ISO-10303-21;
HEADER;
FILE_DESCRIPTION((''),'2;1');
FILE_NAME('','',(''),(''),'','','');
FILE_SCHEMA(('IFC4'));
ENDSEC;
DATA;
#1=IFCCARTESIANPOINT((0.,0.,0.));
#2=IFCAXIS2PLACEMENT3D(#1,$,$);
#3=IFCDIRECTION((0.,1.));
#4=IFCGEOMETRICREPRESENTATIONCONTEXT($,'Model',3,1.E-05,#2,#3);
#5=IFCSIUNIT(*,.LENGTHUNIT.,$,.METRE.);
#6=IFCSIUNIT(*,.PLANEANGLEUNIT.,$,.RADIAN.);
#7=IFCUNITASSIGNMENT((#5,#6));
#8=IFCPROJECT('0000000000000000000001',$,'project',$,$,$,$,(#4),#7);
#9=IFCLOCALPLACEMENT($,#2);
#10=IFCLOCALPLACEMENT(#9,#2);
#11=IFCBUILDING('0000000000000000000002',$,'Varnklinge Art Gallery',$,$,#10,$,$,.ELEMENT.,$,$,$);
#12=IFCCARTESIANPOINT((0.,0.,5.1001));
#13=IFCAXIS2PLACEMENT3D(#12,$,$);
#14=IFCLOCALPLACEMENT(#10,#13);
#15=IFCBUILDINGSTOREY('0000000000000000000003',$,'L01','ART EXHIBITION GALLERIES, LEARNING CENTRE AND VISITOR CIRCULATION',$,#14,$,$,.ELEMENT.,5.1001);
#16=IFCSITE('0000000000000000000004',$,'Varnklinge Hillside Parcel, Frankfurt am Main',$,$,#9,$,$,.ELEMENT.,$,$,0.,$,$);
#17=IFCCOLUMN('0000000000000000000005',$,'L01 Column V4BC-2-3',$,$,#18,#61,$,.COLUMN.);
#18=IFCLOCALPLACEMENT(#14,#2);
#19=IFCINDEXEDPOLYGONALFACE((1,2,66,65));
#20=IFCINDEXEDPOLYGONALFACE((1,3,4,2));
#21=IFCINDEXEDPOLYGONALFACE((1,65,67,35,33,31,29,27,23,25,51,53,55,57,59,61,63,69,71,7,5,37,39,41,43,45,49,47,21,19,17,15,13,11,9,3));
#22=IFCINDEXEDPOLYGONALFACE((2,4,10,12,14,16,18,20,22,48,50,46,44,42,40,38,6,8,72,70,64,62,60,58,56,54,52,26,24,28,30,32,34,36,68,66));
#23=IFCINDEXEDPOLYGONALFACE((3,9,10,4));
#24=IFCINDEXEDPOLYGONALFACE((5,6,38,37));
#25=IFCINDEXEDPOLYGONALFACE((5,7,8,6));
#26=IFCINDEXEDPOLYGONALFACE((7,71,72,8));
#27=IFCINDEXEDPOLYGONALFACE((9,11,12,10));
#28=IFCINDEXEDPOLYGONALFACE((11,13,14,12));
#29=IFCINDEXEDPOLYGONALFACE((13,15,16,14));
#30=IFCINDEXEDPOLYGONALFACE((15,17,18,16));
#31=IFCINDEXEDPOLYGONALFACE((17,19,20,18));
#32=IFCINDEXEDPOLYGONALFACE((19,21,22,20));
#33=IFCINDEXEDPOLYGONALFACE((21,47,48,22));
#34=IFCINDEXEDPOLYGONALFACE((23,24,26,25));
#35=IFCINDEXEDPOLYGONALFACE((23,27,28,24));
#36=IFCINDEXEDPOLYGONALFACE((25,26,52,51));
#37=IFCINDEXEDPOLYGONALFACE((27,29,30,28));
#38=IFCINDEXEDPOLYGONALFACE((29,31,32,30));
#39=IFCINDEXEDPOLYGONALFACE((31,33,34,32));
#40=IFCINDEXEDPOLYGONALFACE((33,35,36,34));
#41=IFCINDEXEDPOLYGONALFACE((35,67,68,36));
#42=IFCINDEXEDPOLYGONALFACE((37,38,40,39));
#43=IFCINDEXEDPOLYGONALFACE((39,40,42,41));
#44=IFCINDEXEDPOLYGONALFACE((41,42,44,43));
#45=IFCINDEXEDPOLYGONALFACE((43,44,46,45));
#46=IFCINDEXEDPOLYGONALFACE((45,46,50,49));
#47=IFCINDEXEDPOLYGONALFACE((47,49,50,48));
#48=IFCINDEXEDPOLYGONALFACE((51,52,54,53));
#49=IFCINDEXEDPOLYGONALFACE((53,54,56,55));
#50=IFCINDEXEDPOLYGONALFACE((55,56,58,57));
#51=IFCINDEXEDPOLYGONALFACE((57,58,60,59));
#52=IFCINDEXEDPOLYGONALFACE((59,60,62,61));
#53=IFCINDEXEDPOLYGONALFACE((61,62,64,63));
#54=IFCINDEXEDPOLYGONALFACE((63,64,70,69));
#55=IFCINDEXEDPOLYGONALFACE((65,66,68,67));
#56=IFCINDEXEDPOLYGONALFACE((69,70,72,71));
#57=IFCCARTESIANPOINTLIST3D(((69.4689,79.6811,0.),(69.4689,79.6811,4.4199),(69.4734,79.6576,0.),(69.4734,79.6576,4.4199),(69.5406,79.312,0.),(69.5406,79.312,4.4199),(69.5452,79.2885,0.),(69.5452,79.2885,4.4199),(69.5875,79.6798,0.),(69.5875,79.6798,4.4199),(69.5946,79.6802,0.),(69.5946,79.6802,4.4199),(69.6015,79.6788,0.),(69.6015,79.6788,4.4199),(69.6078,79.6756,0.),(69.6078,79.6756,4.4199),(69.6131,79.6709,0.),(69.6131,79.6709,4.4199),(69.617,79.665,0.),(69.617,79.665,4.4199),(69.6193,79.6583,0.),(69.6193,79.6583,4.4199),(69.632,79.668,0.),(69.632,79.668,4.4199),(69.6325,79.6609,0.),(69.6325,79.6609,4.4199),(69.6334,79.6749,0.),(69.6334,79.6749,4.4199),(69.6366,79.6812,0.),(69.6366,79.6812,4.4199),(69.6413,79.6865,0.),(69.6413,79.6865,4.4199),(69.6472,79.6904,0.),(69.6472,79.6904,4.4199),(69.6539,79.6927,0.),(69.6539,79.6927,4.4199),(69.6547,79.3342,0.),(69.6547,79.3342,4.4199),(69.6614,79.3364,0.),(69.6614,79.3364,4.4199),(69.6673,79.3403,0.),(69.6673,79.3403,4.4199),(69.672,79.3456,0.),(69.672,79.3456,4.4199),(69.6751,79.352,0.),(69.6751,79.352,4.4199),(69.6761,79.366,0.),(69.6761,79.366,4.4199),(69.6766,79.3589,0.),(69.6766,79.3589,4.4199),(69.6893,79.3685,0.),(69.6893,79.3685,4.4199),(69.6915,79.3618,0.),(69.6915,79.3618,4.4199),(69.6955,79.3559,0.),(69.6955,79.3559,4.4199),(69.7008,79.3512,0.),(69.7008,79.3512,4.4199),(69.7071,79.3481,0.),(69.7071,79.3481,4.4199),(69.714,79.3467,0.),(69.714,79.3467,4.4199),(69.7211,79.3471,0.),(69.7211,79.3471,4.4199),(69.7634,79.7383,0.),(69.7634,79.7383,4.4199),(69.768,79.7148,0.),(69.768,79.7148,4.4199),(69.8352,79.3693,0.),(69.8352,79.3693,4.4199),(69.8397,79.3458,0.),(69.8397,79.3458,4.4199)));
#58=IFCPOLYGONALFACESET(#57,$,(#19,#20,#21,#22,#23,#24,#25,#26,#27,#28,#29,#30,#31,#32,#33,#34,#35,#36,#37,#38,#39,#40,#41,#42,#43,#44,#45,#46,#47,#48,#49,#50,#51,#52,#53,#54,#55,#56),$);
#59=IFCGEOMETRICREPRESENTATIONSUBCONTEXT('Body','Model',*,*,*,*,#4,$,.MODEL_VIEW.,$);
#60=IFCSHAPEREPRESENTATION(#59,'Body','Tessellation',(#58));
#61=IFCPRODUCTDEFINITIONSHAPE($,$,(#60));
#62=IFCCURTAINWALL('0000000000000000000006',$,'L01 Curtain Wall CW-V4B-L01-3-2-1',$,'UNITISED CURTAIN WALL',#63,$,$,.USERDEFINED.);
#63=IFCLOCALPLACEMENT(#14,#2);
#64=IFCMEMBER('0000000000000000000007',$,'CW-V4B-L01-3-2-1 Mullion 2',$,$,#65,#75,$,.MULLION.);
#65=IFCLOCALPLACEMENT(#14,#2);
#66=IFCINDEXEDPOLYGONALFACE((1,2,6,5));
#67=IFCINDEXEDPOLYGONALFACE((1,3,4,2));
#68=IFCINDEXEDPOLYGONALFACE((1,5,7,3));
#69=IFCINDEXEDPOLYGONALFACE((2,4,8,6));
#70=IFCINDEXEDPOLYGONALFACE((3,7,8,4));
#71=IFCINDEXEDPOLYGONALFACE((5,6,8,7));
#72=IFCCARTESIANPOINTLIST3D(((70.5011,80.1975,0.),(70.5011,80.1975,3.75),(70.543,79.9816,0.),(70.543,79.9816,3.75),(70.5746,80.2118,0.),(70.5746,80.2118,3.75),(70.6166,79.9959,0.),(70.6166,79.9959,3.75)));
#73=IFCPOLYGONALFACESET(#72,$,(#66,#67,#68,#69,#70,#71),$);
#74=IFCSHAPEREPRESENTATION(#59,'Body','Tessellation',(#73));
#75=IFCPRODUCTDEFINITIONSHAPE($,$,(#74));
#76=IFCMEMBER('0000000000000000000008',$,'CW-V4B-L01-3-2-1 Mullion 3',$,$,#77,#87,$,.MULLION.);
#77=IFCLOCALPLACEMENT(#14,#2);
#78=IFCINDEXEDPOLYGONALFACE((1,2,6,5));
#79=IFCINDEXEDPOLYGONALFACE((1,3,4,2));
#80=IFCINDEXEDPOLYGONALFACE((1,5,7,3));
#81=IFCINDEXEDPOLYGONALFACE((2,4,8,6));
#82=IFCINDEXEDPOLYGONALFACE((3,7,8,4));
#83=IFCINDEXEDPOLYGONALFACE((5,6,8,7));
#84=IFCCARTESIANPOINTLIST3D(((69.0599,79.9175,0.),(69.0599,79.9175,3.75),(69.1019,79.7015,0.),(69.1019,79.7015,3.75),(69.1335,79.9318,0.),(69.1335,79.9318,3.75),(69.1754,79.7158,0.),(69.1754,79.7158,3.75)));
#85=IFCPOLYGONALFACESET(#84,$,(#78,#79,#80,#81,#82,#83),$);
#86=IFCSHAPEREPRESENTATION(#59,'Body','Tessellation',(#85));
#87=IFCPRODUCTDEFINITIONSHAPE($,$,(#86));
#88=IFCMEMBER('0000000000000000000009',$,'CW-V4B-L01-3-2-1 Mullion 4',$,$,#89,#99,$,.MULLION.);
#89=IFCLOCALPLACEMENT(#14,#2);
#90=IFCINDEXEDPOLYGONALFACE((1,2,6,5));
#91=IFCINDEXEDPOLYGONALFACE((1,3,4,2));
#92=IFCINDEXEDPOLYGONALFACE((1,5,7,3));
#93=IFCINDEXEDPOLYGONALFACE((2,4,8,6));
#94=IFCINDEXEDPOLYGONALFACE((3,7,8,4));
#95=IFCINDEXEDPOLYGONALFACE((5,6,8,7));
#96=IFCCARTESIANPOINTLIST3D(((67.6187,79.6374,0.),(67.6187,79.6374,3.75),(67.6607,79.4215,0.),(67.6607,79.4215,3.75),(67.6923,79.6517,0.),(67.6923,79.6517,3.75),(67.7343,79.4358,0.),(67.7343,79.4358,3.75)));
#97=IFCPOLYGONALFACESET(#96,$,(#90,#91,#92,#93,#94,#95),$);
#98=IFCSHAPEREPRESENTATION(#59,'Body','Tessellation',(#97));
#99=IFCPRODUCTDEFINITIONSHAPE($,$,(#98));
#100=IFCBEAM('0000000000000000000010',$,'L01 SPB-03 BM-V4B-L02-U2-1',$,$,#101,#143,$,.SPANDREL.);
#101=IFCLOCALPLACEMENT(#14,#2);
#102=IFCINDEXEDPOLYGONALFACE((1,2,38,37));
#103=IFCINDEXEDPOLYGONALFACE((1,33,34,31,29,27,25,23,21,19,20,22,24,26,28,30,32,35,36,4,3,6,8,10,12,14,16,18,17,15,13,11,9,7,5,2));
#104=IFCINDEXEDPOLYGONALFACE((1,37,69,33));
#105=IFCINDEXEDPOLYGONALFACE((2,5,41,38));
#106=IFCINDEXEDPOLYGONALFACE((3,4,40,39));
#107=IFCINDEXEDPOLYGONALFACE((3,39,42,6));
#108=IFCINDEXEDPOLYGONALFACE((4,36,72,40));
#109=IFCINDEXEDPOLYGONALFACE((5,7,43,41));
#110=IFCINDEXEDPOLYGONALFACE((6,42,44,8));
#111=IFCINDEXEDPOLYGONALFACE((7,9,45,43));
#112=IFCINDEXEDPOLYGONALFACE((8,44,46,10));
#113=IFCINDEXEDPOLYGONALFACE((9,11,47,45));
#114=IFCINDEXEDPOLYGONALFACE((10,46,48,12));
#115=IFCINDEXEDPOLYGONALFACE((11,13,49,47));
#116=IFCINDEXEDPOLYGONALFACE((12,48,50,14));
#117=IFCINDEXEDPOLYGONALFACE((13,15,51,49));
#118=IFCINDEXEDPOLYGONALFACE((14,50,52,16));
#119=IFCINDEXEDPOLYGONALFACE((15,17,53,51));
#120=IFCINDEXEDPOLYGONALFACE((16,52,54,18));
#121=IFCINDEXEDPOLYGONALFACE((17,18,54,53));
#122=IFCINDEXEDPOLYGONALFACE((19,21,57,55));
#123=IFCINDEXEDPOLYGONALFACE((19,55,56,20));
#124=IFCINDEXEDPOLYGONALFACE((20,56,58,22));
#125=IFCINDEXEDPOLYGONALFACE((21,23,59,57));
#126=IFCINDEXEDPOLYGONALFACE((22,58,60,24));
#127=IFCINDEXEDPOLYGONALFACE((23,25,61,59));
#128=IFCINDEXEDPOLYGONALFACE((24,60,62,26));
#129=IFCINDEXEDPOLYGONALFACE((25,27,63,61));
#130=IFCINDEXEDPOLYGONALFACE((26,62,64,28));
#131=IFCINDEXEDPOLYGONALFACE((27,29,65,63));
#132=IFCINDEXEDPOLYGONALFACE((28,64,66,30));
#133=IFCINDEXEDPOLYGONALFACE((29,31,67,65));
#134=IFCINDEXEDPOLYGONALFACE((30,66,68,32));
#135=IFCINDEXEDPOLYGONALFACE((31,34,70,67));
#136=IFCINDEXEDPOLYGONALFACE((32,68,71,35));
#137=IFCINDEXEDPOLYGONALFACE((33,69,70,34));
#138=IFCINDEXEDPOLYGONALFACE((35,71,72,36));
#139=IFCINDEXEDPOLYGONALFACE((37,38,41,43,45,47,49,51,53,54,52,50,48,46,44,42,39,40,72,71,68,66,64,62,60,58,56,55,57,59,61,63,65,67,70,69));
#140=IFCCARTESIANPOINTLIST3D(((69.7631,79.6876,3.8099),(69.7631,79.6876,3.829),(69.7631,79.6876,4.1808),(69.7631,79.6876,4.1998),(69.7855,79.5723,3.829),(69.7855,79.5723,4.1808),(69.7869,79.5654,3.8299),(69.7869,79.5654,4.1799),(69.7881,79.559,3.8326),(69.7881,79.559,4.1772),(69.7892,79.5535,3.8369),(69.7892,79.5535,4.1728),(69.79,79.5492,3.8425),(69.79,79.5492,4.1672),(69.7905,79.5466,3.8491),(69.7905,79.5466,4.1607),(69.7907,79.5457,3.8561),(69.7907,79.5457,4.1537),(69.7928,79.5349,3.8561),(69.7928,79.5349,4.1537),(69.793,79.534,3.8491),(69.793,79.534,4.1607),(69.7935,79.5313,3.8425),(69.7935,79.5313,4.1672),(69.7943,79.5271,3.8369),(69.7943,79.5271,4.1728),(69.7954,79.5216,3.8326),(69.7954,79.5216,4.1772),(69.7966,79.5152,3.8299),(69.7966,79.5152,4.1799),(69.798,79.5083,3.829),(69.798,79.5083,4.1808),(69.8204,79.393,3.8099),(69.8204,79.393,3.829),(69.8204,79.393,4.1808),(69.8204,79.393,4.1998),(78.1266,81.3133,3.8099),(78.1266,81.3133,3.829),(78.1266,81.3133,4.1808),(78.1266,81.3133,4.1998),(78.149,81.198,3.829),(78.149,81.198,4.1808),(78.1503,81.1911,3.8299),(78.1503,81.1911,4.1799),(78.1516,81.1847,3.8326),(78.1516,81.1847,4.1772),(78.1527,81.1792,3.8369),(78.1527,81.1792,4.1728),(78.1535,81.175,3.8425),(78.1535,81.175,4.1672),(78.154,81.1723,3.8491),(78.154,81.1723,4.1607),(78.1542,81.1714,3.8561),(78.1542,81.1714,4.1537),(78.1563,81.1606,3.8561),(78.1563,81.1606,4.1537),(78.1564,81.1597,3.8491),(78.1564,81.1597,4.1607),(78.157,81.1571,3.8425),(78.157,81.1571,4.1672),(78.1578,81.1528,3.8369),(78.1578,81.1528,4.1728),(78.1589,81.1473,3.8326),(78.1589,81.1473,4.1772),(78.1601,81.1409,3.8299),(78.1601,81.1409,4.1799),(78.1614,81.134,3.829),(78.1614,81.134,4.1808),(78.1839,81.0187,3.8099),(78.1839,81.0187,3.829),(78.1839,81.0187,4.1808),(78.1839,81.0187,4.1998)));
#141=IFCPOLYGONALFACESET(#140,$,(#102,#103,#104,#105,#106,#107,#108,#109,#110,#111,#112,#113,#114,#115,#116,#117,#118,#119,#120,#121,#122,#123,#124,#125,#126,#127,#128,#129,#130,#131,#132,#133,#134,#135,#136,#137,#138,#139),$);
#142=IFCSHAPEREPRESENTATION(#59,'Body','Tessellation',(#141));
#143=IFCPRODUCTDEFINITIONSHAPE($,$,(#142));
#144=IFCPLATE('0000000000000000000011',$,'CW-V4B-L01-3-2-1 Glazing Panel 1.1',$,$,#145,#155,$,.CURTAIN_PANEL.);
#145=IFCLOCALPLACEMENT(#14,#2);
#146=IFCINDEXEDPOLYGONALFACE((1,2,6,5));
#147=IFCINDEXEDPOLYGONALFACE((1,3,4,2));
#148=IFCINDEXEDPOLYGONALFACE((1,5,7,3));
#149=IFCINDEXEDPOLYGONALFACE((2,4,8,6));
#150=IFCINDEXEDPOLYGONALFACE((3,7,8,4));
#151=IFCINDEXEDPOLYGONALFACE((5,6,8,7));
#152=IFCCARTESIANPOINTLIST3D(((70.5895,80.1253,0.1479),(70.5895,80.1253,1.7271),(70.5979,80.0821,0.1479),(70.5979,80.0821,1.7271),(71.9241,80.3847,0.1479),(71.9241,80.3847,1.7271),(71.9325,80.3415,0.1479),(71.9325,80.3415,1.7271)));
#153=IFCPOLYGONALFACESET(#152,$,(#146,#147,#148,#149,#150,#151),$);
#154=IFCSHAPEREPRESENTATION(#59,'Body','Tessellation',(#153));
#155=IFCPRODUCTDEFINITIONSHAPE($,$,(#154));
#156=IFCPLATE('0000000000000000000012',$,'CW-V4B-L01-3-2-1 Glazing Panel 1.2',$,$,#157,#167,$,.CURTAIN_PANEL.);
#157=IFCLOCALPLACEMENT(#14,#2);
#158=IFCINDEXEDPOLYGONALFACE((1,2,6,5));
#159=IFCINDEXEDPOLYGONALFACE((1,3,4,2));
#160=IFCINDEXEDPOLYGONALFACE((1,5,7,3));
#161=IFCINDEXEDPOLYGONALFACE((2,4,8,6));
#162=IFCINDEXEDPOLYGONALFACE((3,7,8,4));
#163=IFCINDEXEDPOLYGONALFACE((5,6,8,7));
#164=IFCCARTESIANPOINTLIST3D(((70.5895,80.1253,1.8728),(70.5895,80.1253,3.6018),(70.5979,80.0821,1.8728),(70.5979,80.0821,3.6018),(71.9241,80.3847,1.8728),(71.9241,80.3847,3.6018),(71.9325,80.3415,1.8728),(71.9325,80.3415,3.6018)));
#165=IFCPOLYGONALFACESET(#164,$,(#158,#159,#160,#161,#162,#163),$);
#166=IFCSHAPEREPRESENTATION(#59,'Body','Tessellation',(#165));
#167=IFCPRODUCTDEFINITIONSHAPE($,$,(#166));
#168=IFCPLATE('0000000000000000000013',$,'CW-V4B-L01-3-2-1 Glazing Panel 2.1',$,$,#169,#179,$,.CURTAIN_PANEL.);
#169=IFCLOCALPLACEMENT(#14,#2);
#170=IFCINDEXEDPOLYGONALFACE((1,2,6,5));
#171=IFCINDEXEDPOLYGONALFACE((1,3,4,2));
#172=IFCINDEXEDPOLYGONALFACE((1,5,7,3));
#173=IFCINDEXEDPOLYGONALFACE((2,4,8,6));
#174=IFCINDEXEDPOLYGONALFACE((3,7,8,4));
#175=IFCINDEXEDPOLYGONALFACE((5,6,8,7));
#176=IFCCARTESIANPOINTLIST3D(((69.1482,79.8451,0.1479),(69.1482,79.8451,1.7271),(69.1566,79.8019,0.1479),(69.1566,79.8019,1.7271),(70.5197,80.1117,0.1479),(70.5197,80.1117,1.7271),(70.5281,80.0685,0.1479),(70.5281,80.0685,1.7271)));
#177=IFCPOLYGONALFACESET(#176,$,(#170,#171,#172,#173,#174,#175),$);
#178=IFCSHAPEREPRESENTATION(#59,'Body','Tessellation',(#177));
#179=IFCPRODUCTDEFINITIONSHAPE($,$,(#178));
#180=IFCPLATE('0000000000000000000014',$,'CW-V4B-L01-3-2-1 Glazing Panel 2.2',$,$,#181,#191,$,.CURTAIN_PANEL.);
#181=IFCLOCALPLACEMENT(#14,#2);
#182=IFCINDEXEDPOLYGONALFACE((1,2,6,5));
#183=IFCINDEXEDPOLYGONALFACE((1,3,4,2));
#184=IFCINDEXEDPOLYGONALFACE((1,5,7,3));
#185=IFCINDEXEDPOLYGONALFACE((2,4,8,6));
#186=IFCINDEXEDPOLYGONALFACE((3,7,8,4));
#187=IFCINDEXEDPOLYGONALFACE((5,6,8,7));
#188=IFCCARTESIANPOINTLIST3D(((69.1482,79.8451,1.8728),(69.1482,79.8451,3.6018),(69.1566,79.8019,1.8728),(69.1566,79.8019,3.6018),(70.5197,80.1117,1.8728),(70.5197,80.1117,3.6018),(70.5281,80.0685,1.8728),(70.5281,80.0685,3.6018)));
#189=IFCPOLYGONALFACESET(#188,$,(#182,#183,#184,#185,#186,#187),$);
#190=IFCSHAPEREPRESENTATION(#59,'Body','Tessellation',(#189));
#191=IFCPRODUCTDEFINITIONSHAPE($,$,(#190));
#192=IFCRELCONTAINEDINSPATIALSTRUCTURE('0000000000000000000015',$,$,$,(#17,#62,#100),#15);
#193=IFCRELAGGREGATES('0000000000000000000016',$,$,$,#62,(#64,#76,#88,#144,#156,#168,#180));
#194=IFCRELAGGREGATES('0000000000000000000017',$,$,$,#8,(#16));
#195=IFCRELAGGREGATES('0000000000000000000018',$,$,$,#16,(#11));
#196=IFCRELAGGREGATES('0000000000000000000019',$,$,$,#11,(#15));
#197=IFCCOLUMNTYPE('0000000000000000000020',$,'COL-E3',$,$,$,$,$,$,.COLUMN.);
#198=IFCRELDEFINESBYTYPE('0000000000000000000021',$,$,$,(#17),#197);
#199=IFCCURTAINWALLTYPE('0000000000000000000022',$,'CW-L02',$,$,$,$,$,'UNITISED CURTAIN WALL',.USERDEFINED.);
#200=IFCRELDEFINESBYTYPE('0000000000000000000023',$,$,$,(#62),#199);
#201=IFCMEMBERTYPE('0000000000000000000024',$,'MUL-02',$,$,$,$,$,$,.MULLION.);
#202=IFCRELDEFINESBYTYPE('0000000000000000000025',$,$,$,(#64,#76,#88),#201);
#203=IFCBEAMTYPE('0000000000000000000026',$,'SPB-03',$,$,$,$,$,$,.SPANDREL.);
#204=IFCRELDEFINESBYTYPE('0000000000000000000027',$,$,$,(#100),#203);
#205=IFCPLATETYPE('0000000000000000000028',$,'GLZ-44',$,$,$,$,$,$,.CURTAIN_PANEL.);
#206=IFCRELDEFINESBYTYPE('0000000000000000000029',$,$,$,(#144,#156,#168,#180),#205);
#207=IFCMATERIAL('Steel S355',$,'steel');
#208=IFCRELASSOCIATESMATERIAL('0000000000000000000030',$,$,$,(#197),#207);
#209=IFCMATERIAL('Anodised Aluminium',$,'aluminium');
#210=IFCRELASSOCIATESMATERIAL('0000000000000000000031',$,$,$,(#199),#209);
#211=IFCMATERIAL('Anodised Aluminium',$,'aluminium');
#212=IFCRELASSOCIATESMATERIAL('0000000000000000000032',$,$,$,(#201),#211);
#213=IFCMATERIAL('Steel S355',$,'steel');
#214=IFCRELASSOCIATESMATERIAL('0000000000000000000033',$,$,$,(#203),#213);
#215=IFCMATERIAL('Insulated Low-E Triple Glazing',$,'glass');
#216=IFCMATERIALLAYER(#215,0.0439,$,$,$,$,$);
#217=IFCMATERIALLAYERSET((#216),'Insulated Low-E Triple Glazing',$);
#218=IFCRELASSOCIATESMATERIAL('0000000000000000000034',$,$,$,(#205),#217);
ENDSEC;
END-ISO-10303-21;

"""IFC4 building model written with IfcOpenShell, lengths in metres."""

from ifc_helpers import new_model, si_unit, direction, frame, origin, origin_2d, place, context, subcontext, project, spatial, rectangle, i_section, extrude, material, layer, layer_set, material_profile, profile_set, type_object, element, aggregate, save


model = new_model("IFC4")

# Units and contexts
model_context = context("Model", 3, precision=1e-05, world=origin(), true_north=direction((0.0, 1.0)))
body_context = subcontext(model_context, "Body", "Model", "MODEL_VIEW")
ifc_project = project(units=[si_unit("LENGTHUNIT", "METRE"), si_unit("PLANEANGLEUNIT", "RADIAN")], contexts=[model_context])

# Site, building, storey
site_placement = place(None, origin())
site = spatial("IfcSite", under=ifc_project, at=site_placement, Name="Varnklinge Hillside Parcel, Frankfurt am Main", CompositionType="ELEMENT", RefElevation=0.0)
building_placement = place(site_placement, origin())
building = spatial("IfcBuilding", under=site, at=building_placement, Name="Varnklinge Art Gallery", CompositionType="ELEMENT")
storey_placement = place(building_placement, frame((0.0, 0.0, 5.1001)))
storey = spatial("IfcBuildingStorey", under=building, at=storey_placement, Name="L01", Description="ART EXHIBITION GALLERIES, LEARNING CENTRE AND VISITOR CIRCULATION", CompositionType="ELEMENT", Elevation=5.1001)

# Column
ifc_material_1 = material(Name="Steel S355", Category="steel")
ifc_material_profile_1 = material_profile(ifc_material_1, i_section(OverallWidth=0.3, OverallDepth=0.3999, WebThickness=0.0134, FlangeThickness=0.0239, FilletRadius=0.0271, at=origin_2d()), Name="HEB 400")
ifc_profile_set_1 = profile_set([ifc_material_profile_1], Name="Steel S355")
column_type = type_object("IfcColumnType", Name="COL-E3", PredefinedType="COLUMN", material=ifc_profile_set_1)
column_placement = place(storey_placement, frame((69.6543, 79.5134, 0.0), z_axis=(0.0, 0.0, 1.0), x_axis=(0.981627, 0.190809, 0.0)))
element("IfcColumn", 1, at=column_placement, inside=storey, type_object=column_type, Name="L01 Column V4BC-2-3", PredefinedType="COLUMN", context=body_context, shape_type="SweptSolid", body=[
    extrude(i_section(OverallWidth=0.3, OverallDepth=0.3999, WebThickness=0.0134, FlangeThickness=0.0239, FilletRadius=0.0271, at=origin_2d()), origin(), (0.0, 0.0, 1.0), 4.4199),
])

# Curtain wall, members
ifc_material_2 = material(Name="Anodised Aluminium", Category="aluminium")
curtain_wall_type = type_object("IfcCurtainWallType", Name="CW-L02", ElementType="UNITISED CURTAIN WALL", PredefinedType="USERDEFINED", material=ifc_material_2)
curtain_wall_placement = place(storey_placement, origin())
curtain_wall = element("IfcCurtainWall", 2, at=curtain_wall_placement, inside=storey, type_object=curtain_wall_type, Name="L01 Curtain Wall CW-V4B-L01-3-2-1", ObjectType="UNITISED CURTAIN WALL", PredefinedType="USERDEFINED")
ifc_material_3 = material(Name="Anodised Aluminium", Category="aluminium")
ifc_material_profile_2 = material_profile(ifc_material_3, rectangle(XDim=0.075, YDim=0.22, at=origin_2d()), Name="ALU 75x220")
ifc_profile_set_2 = profile_set([ifc_material_profile_2], Name="Anodised Aluminium")
member_type = type_object("IfcMemberType", Name="MUL-02", PredefinedType="MULLION", material=ifc_profile_set_2)
member_1_placement = place(storey_placement, frame((70.5588, 80.0967, 0.0), z_axis=(0.0, 0.0, 1.0), x_axis=(-0.981627, -0.190809, 0.0)))
member_1 = element("IfcMember", 3, at=member_1_placement, type_object=member_type, Name="CW-V4B-L01-3-2-1 Mullion 2", PredefinedType="MULLION", context=body_context, shape_type="SweptSolid", body=[
    extrude(rectangle(XDim=0.075, YDim=0.22, at=origin_2d()), origin(), (0.0, 0.0, 1.0), 3.75),
])
member_2_placement = place(storey_placement, frame((69.1177, 79.8167, 0.0), z_axis=(0.0, 0.0, 1.0), x_axis=(-0.981627, -0.190809, 0.0)))
member_2 = element("IfcMember", 4, at=member_2_placement, type_object=member_type, Name="CW-V4B-L01-3-2-1 Mullion 3", PredefinedType="MULLION", context=body_context, shape_type="SweptSolid", body=[
    extrude(rectangle(XDim=0.075, YDim=0.22, at=origin_2d()), origin(), (0.0, 0.0, 1.0), 3.75),
])
member_3_placement = place(storey_placement, frame((67.6765, 79.5366, 0.0), z_axis=(0.0, 0.0, 1.0), x_axis=(-0.981627, -0.190809, 0.0)))
member_3 = element("IfcMember", 5, at=member_3_placement, type_object=member_type, Name="CW-V4B-L01-3-2-1 Mullion 4", PredefinedType="MULLION", context=body_context, shape_type="SweptSolid", body=[
    extrude(rectangle(XDim=0.075, YDim=0.22, at=origin_2d()), origin(), (0.0, 0.0, 1.0), 3.75),
])

# Beam
ifc_material_4 = material(Name="Steel S355", Category="steel")
ifc_material_profile_3 = material_profile(ifc_material_4, i_section(OverallWidth=0.3, OverallDepth=0.3899, WebThickness=0.011, FlangeThickness=0.019, FilletRadius=0.0271, at=origin_2d()), Name="HEA 400")
ifc_profile_set_3 = profile_set([ifc_material_profile_3], Name="Steel S355")
beam_type = type_object("IfcBeamType", Name="SPB-03", PredefinedType="SPANDREL", material=ifc_profile_set_3)
beam_placement = place(storey_placement, frame((69.7917, 79.5403, 4.0049), z_axis=(0.981627, 0.190812, 0.0), x_axis=(-0.190812, 0.981627, 0.0)))
element("IfcBeam", 6, at=beam_placement, inside=storey, type_object=beam_type, Name="L01 SPB-03 BM-V4B-L02-U2-1", PredefinedType="SPANDREL", context=body_context, shape_type="SweptSolid", body=[
    extrude(i_section(OverallWidth=0.3, OverallDepth=0.3899, WebThickness=0.011, FlangeThickness=0.019, FilletRadius=0.0271, at=origin_2d()), origin(), (0.0, 0.0, 1.0), 8.52),
])

# Plates
ifc_material_5 = material(Name="Insulated Low-E Triple Glazing", Category="glass")
ifc_layer_1 = layer(ifc_material_5, 0.0439)
ifc_layer_set_1 = layer_set([ifc_layer_1], Name="Insulated Low-E Triple Glazing")
plate_type = type_object("IfcPlateType", Name="GLZ-44", PredefinedType="CURTAIN_PANEL", material=ifc_layer_set_1)
plate_1_placement = place(storey_placement, frame((71.261, 80.2334, 0.1479), z_axis=(0.0, 0.0, 1.0), x_axis=(-0.981627, -0.190809, 0.0)))
plate_1 = element("IfcPlate", 7, at=plate_1_placement, type_object=plate_type, Name="CW-V4B-L01-3-2-1 Glazing Panel 1.1", PredefinedType="CURTAIN_PANEL", context=body_context, shape_type="SweptSolid", body=[
    extrude(rectangle(XDim=1.3596, YDim=0.0439, at=origin_2d()), origin(), (0.0, 0.0, 1.0), 1.5791),
])
plate_2_placement = place(storey_placement, frame((71.261, 80.2334, 1.8728), z_axis=(0.0, 0.0, 1.0), x_axis=(-0.981627, -0.190809, 0.0)))
plate_2 = element("IfcPlate", 8, at=plate_2_placement, type_object=plate_type, Name="CW-V4B-L01-3-2-1 Glazing Panel 1.2", PredefinedType="CURTAIN_PANEL", context=body_context, shape_type="SweptSolid", body=[
    extrude(rectangle(XDim=1.3596, YDim=0.0439, at=origin_2d()), origin(), (0.0, 0.0, 1.0), 1.729),
])
plate_3_placement = place(storey_placement, frame((69.8381, 79.9568, 0.1479), z_axis=(0.0, 0.0, 1.0), x_axis=(-0.981627, -0.190809, 0.0)))
plate_3 = element("IfcPlate", 9, at=plate_3_placement, type_object=plate_type, Name="CW-V4B-L01-3-2-1 Glazing Panel 2.1", PredefinedType="CURTAIN_PANEL", context=body_context, shape_type="SweptSolid", body=[
    extrude(rectangle(XDim=1.3972, YDim=0.0439, at=origin_2d()), origin(), (0.0, 0.0, 1.0), 1.5791),
])
plate_4_placement = place(storey_placement, frame((69.8381, 79.9568, 1.8728), z_axis=(0.0, 0.0, 1.0), x_axis=(-0.981627, -0.190809, 0.0)))
plate_4 = element("IfcPlate", 10, at=plate_4_placement, type_object=plate_type, Name="CW-V4B-L01-3-2-1 Glazing Panel 2.2", PredefinedType="CURTAIN_PANEL", context=body_context, shape_type="SweptSolid", body=[
    extrude(rectangle(XDim=1.3972, YDim=0.0439, at=origin_2d()), origin(), (0.0, 0.0, 1.0), 1.729),
])
aggregate(curtain_wall, [member_1, member_2, member_3, plate_1, plate_2, plate_3, plate_4])

save(model, "model.ifc")
